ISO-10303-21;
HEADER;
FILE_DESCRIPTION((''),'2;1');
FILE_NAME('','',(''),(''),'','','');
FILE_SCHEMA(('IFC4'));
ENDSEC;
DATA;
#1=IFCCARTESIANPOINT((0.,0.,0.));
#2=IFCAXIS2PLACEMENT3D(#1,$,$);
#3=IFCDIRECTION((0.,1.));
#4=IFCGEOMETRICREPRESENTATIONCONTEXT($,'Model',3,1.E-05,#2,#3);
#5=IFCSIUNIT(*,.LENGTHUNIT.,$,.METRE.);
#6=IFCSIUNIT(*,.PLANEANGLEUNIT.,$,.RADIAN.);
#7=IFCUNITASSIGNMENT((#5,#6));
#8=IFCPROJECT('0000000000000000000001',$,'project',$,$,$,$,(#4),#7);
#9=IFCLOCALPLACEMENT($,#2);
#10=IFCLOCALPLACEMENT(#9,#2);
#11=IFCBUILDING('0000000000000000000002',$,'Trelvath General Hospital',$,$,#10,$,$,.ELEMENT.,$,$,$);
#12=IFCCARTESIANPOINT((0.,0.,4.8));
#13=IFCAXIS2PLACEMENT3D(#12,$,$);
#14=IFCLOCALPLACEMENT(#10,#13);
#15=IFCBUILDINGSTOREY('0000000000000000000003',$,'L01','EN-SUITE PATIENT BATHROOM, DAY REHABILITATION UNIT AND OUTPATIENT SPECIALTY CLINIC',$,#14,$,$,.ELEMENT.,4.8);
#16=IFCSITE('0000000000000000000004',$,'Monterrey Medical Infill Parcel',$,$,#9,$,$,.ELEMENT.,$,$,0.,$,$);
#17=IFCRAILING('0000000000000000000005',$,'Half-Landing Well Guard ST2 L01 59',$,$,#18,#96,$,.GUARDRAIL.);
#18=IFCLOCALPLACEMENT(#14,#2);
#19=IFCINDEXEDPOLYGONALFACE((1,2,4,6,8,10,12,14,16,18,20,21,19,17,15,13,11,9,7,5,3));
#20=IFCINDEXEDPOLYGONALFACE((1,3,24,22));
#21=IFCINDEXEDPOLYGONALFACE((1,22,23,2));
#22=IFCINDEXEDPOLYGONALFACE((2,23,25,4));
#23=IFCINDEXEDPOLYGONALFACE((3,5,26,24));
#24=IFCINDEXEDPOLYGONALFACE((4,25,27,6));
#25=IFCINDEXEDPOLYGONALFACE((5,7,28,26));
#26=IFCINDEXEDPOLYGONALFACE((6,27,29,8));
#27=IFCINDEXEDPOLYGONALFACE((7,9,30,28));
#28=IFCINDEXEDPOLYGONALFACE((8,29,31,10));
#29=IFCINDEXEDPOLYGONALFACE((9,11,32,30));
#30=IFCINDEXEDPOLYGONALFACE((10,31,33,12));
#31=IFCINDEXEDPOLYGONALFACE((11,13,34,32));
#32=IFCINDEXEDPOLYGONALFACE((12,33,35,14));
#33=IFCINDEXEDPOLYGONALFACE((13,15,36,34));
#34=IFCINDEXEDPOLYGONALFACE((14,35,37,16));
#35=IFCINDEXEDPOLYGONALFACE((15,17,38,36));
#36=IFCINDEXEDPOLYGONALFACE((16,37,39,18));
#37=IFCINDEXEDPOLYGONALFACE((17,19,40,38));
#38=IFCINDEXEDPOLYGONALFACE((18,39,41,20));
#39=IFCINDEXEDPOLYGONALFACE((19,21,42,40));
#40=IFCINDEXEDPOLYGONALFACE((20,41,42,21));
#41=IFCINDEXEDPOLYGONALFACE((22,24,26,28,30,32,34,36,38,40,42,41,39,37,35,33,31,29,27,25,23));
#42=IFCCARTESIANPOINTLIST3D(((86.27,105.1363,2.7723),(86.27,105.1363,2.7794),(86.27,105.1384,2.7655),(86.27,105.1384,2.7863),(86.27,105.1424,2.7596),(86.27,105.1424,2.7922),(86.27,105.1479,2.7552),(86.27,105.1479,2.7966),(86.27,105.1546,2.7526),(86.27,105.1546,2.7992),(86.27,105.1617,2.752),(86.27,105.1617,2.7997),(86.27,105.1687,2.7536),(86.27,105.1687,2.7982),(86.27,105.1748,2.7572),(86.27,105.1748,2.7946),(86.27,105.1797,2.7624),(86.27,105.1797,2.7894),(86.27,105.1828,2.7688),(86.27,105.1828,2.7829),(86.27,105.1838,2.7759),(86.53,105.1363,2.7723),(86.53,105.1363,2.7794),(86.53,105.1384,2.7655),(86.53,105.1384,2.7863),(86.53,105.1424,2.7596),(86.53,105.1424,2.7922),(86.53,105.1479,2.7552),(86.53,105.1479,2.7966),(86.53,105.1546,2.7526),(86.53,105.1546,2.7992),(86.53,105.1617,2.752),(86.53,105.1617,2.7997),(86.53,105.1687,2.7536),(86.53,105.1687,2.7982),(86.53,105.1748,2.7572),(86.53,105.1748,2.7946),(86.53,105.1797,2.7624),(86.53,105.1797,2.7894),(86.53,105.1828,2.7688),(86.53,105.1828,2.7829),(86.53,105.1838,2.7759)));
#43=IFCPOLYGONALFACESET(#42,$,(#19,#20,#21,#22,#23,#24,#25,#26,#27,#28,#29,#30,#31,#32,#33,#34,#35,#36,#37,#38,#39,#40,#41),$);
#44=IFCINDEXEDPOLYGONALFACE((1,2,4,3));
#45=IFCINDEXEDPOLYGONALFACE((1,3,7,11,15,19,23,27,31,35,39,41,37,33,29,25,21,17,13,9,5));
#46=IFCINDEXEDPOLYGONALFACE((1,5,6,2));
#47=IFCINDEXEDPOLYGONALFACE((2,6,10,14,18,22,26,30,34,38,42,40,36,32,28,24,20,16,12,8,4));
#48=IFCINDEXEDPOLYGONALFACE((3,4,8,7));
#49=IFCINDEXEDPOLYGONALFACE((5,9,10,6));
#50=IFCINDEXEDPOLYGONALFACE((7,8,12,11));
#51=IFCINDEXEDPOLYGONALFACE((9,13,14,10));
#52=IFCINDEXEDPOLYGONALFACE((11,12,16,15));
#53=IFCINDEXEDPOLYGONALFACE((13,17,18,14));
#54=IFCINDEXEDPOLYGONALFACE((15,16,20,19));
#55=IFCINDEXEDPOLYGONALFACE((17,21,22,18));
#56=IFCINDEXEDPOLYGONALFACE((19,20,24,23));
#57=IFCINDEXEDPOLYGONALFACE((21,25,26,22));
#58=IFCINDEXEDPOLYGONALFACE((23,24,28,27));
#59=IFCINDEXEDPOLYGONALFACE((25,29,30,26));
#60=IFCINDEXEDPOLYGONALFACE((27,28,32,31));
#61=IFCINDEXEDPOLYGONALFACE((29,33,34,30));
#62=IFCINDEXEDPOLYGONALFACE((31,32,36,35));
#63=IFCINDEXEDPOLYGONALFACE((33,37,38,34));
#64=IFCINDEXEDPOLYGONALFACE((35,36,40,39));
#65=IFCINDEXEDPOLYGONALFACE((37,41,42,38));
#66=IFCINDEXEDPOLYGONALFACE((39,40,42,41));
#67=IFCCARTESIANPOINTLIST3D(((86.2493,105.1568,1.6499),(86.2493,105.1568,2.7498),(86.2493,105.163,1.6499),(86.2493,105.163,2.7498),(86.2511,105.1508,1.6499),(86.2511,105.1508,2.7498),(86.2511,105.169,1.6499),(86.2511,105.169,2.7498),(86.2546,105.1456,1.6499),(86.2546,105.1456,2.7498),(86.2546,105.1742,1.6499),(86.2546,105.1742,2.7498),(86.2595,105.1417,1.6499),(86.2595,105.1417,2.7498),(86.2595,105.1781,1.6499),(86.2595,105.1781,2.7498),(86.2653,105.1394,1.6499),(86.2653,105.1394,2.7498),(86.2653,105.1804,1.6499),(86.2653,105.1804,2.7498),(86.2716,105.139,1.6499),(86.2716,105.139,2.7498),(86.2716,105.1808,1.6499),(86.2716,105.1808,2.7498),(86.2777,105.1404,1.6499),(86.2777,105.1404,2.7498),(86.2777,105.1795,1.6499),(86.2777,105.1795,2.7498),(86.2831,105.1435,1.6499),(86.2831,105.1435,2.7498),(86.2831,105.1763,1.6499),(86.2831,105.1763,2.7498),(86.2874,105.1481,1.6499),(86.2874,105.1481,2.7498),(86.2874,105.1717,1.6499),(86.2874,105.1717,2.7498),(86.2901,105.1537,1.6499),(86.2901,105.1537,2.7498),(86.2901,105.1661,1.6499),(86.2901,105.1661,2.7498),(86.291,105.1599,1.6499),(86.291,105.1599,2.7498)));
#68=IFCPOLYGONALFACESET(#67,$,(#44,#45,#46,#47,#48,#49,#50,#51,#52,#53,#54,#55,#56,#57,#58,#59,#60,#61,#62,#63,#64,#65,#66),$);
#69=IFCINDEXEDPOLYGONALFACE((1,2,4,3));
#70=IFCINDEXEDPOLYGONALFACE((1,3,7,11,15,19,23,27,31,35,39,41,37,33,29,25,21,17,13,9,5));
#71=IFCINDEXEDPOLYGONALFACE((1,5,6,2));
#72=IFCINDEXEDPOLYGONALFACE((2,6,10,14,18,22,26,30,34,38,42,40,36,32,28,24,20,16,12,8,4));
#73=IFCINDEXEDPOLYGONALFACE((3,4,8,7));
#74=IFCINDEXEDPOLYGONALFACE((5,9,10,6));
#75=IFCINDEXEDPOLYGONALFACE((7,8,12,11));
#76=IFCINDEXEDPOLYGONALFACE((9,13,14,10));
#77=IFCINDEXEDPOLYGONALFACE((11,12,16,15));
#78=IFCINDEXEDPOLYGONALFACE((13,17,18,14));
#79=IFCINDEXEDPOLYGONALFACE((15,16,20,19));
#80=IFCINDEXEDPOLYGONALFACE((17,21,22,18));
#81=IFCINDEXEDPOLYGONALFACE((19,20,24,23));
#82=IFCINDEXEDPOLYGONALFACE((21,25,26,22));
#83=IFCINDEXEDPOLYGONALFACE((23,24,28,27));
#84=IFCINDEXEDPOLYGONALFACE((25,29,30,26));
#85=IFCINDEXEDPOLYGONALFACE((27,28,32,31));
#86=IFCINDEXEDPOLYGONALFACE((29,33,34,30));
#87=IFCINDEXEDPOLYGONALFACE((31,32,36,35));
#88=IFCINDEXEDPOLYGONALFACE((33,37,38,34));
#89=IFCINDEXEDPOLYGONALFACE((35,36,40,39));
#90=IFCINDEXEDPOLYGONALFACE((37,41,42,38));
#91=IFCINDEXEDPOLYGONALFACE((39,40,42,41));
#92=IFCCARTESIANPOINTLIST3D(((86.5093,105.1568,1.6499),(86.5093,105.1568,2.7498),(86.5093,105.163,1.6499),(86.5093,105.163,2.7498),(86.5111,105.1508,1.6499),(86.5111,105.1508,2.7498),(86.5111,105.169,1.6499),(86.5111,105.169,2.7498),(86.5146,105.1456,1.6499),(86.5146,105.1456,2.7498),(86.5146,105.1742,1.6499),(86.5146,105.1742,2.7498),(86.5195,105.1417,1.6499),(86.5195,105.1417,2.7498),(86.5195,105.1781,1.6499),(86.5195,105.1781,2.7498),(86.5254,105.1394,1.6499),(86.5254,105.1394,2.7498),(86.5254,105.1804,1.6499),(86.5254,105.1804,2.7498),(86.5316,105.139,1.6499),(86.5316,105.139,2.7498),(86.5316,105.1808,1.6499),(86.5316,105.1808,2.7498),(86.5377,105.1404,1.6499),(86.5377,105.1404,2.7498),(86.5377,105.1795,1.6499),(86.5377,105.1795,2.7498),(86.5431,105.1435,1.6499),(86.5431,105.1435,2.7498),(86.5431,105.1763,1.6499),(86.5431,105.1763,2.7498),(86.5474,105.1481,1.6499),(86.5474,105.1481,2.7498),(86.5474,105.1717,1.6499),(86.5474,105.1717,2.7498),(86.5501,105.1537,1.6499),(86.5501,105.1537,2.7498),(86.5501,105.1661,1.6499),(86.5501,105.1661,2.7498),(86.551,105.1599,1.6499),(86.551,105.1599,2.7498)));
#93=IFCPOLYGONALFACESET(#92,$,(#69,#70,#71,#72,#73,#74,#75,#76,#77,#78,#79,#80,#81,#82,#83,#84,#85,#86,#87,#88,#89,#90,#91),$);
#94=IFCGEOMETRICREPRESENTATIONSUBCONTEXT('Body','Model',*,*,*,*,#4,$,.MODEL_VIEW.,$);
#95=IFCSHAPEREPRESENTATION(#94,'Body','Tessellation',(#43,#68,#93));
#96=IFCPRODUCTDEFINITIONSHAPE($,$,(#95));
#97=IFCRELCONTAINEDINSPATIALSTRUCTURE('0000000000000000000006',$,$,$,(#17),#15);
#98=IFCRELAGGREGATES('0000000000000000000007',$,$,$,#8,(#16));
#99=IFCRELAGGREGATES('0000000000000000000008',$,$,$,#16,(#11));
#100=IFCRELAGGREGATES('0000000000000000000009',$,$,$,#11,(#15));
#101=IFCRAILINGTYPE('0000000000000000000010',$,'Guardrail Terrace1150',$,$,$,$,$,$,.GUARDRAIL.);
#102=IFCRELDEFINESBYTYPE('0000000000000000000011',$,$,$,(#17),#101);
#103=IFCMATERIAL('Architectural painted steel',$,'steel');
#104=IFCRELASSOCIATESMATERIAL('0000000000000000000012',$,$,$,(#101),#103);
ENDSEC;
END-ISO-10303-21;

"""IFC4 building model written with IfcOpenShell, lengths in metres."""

from ifc_helpers import new_model, si_unit, direction, frame, origin, origin_2d, place, context, subcontext, project, spatial, circle, extrude, material, type_object, element, save


model = new_model("IFC4")

# Units and contexts
model_context = context("Model", 3, precision=1e-05, world=origin(), true_north=direction((0.0, 1.0)))
body_context = subcontext(model_context, "Body", "Model", "MODEL_VIEW")
ifc_project = project(units=[si_unit("LENGTHUNIT", "METRE"), si_unit("PLANEANGLEUNIT", "RADIAN")], contexts=[model_context])

# Site, building, storey
site_placement = place(None, origin())
site = spatial("IfcSite", under=ifc_project, at=site_placement, Name="Monterrey Medical Infill Parcel", CompositionType="ELEMENT", RefElevation=0.0)
building_placement = place(site_placement, origin())
building = spatial("IfcBuilding", under=site, at=building_placement, Name="Trelvath General Hospital", CompositionType="ELEMENT")
storey_placement = place(building_placement, frame((0.0, 0.0, 4.8)))
storey = spatial("IfcBuildingStorey", under=building, at=storey_placement, Name="L01", Description="EN-SUITE PATIENT BATHROOM, DAY REHABILITATION UNIT AND OUTPATIENT SPECIALTY CLINIC", CompositionType="ELEMENT", Elevation=4.8)

# Railing
ifc_material_1 = material(Name="Architectural painted steel", Category="steel")
railing_type_1 = type_object("IfcRailingType", Name="Guardrail Terrace1150", PredefinedType="GUARDRAIL", material=ifc_material_1)
railing_1_placement = place(storey_placement, frame((86.27, 105.1599, 1.6499)))
element("IfcRailing", 1, at=railing_1_placement, inside=storey, type_object=railing_type_1, Name="Half-Landing Well Guard ST2 L01 59", PredefinedType="GUARDRAIL", context=body_context, shape_type="SweptSolid", body=[
    extrude(circle(Radius=0.0239, at=origin_2d()), frame((0.0, 0.0, 1.126), z_axis=(1.0, 0.0, 0.0), x_axis=(0.0, 1.0, 0.0)), (0.0, 0.0, 1.0), 0.26),
    extrude(circle(Radius=0.021, at=origin_2d()), origin(), (0.0, 0.0, 1.0), 1.0999),
    extrude(circle(Radius=0.021, at=origin_2d()), frame((0.26, 0.0, 0.0)), (0.0, 0.0, 1.0), 1.0999),
])

save(model, "model.ifc")
